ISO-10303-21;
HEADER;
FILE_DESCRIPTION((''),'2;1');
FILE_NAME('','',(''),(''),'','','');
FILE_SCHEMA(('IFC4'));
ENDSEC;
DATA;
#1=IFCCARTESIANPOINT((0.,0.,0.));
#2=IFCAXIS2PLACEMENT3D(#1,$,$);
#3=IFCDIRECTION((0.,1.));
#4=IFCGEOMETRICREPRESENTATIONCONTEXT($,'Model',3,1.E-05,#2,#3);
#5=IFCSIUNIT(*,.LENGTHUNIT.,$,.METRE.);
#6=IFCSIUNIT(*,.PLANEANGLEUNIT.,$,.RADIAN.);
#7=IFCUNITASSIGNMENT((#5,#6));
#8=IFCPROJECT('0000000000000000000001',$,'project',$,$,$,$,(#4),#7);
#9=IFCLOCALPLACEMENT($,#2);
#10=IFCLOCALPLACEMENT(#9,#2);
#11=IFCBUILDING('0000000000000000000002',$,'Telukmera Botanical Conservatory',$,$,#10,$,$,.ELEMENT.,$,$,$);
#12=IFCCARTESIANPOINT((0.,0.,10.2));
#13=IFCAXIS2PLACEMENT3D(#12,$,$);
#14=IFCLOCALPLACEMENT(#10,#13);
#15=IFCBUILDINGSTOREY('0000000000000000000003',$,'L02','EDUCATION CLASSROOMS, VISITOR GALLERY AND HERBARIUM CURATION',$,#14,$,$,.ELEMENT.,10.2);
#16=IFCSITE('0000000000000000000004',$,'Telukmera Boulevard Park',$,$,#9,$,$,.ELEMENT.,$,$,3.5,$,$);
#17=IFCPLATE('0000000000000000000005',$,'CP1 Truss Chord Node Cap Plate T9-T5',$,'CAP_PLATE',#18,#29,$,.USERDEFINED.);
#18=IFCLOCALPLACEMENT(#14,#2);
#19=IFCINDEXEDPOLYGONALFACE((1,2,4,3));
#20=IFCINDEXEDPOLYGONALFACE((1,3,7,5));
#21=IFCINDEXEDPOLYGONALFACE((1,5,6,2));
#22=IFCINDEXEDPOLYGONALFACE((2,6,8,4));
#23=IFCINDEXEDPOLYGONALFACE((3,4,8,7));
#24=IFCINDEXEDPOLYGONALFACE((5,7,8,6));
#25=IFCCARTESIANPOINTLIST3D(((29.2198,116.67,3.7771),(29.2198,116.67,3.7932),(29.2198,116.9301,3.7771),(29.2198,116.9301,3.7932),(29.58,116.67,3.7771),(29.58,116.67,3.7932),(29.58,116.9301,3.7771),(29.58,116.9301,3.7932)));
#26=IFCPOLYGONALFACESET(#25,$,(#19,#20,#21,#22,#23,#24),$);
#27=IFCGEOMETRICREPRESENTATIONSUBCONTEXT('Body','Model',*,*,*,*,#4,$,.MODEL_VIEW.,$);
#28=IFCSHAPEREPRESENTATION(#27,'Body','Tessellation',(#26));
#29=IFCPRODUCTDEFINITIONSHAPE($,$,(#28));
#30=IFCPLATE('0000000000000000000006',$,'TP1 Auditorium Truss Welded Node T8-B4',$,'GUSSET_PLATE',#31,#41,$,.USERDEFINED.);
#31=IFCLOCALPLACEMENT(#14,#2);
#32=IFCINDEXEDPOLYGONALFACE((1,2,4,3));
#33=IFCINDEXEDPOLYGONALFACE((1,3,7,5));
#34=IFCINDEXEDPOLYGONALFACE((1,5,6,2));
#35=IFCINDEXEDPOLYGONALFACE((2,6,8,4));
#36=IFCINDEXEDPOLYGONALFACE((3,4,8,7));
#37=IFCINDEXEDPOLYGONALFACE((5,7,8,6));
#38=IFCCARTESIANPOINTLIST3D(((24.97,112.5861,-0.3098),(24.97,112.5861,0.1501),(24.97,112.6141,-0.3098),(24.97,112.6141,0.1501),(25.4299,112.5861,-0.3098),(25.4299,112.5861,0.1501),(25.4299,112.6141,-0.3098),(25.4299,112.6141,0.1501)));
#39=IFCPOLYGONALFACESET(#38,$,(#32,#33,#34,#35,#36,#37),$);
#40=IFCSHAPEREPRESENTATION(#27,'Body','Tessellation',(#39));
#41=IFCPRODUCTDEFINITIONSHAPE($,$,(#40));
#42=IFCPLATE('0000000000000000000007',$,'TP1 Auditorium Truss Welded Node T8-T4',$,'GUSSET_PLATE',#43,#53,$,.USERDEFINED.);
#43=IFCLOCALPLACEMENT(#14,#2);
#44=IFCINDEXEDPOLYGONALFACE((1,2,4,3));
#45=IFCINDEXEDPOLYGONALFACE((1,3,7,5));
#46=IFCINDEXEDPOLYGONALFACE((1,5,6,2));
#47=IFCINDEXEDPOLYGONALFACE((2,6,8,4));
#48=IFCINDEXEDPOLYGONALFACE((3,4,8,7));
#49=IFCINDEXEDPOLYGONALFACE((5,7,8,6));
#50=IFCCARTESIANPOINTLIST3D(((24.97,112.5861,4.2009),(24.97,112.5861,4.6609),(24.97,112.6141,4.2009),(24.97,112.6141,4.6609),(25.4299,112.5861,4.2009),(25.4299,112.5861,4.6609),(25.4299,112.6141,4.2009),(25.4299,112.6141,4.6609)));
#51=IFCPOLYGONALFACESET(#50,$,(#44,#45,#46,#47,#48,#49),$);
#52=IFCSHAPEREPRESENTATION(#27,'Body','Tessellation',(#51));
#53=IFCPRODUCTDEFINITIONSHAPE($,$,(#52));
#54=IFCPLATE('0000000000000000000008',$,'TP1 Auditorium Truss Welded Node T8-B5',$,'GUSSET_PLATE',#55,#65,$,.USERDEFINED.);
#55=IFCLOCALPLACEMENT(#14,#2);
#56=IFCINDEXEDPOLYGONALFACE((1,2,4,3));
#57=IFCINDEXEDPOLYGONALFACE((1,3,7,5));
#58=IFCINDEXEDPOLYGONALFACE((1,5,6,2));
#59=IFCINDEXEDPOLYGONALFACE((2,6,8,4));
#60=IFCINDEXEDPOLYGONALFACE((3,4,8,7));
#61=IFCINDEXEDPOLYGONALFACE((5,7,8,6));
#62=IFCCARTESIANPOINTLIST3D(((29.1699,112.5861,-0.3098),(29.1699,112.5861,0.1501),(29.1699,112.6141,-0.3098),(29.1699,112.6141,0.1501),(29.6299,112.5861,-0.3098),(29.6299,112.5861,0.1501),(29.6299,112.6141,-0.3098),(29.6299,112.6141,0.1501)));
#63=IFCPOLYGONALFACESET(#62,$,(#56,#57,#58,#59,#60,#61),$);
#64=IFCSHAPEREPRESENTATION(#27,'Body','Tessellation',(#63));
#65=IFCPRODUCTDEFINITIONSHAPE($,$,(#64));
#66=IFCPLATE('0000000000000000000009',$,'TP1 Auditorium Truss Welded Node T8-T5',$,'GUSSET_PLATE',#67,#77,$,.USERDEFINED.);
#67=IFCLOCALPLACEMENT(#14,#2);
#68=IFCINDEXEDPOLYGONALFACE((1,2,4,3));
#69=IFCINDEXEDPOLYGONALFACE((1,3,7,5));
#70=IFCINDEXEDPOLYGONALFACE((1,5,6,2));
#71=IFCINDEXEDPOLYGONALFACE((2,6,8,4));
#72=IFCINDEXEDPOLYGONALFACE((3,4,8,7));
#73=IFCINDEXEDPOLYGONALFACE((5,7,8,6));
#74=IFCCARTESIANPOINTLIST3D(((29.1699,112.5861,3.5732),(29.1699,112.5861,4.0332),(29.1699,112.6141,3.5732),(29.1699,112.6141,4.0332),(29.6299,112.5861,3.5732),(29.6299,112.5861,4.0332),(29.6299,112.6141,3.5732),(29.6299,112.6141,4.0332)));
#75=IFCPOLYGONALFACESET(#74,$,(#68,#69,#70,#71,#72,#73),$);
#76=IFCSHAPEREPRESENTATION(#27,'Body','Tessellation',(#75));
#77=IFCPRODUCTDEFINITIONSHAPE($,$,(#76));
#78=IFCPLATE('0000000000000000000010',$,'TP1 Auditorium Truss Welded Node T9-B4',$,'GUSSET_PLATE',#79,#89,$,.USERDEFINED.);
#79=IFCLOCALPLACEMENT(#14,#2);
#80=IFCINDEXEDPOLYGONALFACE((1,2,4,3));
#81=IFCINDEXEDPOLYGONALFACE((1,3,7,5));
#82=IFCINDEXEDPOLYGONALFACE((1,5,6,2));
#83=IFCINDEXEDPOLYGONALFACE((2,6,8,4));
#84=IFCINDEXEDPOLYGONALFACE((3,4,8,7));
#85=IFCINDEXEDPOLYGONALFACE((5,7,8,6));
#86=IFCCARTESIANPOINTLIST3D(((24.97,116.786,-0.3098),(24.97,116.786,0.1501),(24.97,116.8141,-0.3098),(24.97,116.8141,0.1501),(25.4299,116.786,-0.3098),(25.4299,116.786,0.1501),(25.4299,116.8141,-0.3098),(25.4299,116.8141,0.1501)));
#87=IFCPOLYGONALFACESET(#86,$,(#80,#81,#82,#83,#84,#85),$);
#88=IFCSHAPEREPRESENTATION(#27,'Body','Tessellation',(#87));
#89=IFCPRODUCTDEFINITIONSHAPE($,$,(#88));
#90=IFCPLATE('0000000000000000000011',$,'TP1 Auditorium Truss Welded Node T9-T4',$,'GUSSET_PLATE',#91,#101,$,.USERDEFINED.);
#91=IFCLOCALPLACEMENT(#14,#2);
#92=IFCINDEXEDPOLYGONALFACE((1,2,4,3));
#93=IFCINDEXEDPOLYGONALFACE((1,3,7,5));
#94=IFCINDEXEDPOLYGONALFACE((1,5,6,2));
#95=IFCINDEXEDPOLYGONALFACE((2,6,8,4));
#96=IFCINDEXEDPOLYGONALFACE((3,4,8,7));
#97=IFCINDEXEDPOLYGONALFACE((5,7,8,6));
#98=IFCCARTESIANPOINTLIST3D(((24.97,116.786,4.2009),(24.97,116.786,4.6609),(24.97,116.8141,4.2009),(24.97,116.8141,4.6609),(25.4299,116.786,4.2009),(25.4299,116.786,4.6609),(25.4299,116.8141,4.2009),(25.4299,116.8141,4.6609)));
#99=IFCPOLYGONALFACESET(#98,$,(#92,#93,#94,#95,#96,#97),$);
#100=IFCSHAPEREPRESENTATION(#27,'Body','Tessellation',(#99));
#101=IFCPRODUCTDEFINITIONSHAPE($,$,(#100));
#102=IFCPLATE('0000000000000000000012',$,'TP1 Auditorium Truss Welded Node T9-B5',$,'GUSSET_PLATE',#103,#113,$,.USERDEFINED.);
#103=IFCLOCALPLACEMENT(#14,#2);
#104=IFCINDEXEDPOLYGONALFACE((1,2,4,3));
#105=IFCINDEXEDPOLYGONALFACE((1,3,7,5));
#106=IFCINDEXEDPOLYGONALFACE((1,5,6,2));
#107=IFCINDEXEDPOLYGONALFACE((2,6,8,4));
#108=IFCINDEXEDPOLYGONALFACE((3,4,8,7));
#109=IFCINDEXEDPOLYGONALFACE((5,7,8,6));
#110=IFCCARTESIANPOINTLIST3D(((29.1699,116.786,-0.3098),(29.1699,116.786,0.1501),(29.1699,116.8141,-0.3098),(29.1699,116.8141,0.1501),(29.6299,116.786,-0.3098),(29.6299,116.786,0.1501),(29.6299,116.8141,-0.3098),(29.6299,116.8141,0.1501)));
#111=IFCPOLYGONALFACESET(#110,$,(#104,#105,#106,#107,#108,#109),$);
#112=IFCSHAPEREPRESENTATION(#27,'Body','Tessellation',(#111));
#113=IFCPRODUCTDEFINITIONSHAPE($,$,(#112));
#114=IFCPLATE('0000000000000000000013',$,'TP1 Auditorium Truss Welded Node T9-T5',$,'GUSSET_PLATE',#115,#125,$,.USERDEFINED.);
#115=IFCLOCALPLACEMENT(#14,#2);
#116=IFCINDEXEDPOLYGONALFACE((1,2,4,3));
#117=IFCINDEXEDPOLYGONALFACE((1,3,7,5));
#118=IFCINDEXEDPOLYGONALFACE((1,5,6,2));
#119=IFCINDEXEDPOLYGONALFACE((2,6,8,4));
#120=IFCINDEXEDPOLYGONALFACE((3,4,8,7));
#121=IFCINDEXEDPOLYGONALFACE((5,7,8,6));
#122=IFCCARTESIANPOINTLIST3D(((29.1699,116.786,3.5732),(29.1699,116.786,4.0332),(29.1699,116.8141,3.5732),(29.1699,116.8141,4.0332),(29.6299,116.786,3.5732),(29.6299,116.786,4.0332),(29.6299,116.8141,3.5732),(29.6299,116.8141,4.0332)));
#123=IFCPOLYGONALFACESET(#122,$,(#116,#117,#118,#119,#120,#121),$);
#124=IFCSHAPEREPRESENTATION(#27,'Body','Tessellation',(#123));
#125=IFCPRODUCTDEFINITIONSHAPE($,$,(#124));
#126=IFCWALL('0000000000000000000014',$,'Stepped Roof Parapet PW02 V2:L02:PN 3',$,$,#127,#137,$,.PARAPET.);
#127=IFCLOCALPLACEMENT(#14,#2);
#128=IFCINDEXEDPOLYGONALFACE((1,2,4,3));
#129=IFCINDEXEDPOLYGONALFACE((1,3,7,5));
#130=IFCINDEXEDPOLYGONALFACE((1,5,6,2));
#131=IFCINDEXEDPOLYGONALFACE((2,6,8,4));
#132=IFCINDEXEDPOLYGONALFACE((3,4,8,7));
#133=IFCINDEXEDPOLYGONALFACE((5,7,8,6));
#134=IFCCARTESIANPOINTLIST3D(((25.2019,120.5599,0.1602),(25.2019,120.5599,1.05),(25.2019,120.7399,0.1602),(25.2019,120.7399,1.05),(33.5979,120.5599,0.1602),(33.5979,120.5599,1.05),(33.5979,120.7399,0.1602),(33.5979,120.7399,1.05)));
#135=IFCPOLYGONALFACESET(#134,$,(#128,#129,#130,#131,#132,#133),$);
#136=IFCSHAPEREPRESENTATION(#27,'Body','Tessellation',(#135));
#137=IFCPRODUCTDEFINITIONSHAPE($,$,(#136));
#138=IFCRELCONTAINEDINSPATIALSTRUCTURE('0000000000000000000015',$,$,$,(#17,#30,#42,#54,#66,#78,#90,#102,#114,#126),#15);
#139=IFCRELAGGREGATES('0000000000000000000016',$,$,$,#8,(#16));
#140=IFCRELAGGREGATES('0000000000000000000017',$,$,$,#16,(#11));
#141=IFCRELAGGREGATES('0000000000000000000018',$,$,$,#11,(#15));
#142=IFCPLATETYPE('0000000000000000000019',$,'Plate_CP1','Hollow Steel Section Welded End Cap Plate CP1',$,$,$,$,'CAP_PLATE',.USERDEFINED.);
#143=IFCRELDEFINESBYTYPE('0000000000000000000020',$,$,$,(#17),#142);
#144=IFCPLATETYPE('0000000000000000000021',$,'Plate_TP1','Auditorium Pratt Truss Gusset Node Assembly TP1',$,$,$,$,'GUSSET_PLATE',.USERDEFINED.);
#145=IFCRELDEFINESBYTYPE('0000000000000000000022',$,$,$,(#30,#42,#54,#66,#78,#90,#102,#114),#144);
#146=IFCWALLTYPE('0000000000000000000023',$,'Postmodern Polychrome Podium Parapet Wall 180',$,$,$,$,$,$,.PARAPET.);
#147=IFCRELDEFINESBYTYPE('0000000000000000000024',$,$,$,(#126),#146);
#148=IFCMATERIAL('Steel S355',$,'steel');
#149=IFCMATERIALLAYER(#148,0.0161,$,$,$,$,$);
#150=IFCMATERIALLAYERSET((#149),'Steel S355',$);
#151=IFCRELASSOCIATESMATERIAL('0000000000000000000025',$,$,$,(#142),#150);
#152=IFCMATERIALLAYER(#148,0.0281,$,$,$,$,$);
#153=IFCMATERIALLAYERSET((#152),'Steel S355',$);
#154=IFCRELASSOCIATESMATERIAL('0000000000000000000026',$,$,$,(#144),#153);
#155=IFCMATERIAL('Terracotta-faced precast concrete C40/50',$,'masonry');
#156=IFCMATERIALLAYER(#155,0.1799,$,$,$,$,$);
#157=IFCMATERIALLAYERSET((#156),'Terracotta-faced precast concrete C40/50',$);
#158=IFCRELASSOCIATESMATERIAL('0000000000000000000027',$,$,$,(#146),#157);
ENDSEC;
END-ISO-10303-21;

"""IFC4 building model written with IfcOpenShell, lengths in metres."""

from ifc_helpers import new_model, si_unit, direction, frame, frame_2d, origin, origin_2d, place, context, subcontext, project, spatial, rectangle, extrude, material, layer, layer_set, type_object, element, save


model = new_model("IFC4")

# Units and contexts
model_context = context("Model", 3, precision=1e-05, world=origin(), true_north=direction((0.0, 1.0)))
body_context = subcontext(model_context, "Body", "Model", "MODEL_VIEW")
ifc_project = project(units=[si_unit("LENGTHUNIT", "METRE"), si_unit("PLANEANGLEUNIT", "RADIAN")], contexts=[model_context])

# Site, building, storey
site_placement = place(None, origin())
site = spatial("IfcSite", under=ifc_project, at=site_placement, Name="Telukmera Boulevard Park", CompositionType="ELEMENT", RefElevation=3.5)
building_placement = place(site_placement, origin())
building = spatial("IfcBuilding", under=site, at=building_placement, Name="Telukmera Botanical Conservatory", CompositionType="ELEMENT")
storey_placement = place(building_placement, frame((0.0, 0.0, 10.2)))
storey = spatial("IfcBuildingStorey", under=building, at=storey_placement, Name="L02", Description="EDUCATION CLASSROOMS, VISITOR GALLERY AND HERBARIUM CURATION", CompositionType="ELEMENT", Elevation=10.2)

# Shared definitions
ifc_material_1 = material(Name="Steel S355", Category="steel")

# Plates
ifc_layer_1 = layer(ifc_material_1, 0.0161)
ifc_layer_set_1 = layer_set([ifc_layer_1], Name="Steel S355")
plate_type_1 = type_object("IfcPlateType", Name="Plate_CP1", Description="Hollow Steel Section Welded End Cap Plate CP1", ElementType="CAP_PLATE", PredefinedType="USERDEFINED", material=ifc_layer_set_1)
for number, where, z_axis, x_axis, name in (
    (1, (29.3999, 116.8, 3.7771), (0.0, 0.0, 1.0), (1.0, 0.0, 0.0), "CP1 Truss Chord Node Cap Plate T9-T5"),
):
    element("IfcPlate", number, at=place(storey_placement, frame(where, z_axis=z_axis, x_axis=x_axis)), inside=storey, type_object=plate_type_1, Name=name, ObjectType="CAP_PLATE", PredefinedType="USERDEFINED", context=body_context, shape_type="SweptSolid", body=[
        extrude(rectangle(XDim=0.3601, YDim=0.26, at=origin_2d()), origin(), (0.0, 0.0, 1.0), 0.0161),
    ])
ifc_layer_2 = layer(ifc_material_1, 0.0281)
ifc_layer_set_2 = layer_set([ifc_layer_2], Name="Steel S355")
plate_type_2 = type_object("IfcPlateType", Name="Plate_TP1", Description="Auditorium Pratt Truss Gusset Node Assembly TP1", ElementType="GUSSET_PLATE", PredefinedType="USERDEFINED", material=ifc_layer_set_2)
for number, where, z_axis, x_axis, name in (
    (2, (25.2, 112.6001, -0.3098), (0.0, 0.0, 1.0), (1.0, 0.0, 0.0), "TP1 Auditorium Truss Welded Node T8-B4"),
    (3, (25.2, 112.6001, 4.2009), (0.0, 0.0, 1.0), (1.0, 0.0, 0.0), "TP1 Auditorium Truss Welded Node T8-T4"),
    (4, (29.3999, 112.6001, -0.3098), (0.0, 0.0, 1.0), (1.0, 0.0, 0.0), "TP1 Auditorium Truss Welded Node T8-B5"),
    (5, (29.3999, 112.6001, 3.5732), (0.0, 0.0, 1.0), (1.0, 0.0, 0.0), "TP1 Auditorium Truss Welded Node T8-T5"),
    (6, (25.2, 116.8, -0.3098), (0.0, 0.0, 1.0), (1.0, 0.0, 0.0), "TP1 Auditorium Truss Welded Node T9-B4"),
    (7, (25.2, 116.8, 4.2009), (0.0, 0.0, 1.0), (1.0, 0.0, 0.0), "TP1 Auditorium Truss Welded Node T9-T4"),
    (8, (29.3999, 116.8, -0.3098), (0.0, 0.0, 1.0), (1.0, 0.0, 0.0), "TP1 Auditorium Truss Welded Node T9-B5"),
    (9, (29.3999, 116.8, 3.5732), (0.0, 0.0, 1.0), (1.0, 0.0, 0.0), "TP1 Auditorium Truss Welded Node T9-T5"),
):
    element("IfcPlate", number, at=place(storey_placement, frame(where, z_axis=z_axis, x_axis=x_axis)), inside=storey, type_object=plate_type_2, Name=name, ObjectType="GUSSET_PLATE", PredefinedType="USERDEFINED", context=body_context, shape_type="SweptSolid", body=[
        extrude(rectangle(XDim=0.46, YDim=0.0281, at=origin_2d()), origin(), (0.0, 0.0, 1.0), 0.46),
    ])

# Wall
ifc_material_2 = material(Name="Terracotta-faced precast concrete C40/50", Category="masonry")
ifc_layer_3 = layer(ifc_material_2, 0.1799)
ifc_layer_set_3 = layer_set([ifc_layer_3], Name="Terracotta-faced precast concrete C40/50")
wall_type = type_object("IfcWallType", Name="Postmodern Polychrome Podium Parapet Wall 180", PredefinedType="PARAPET", material=ifc_layer_set_3)
wall_placement = place(storey_placement, frame((25.2019, 120.6499, 0.1602), z_axis=(0.0, 0.0, 1.0), x_axis=(1.0, 0.0, 0.0)))
element("IfcWall", 10, at=wall_placement, inside=storey, type_object=wall_type, Name="Stepped Roof Parapet PW02 V2:L02:PN 3", PredefinedType="PARAPET", context=body_context, shape_type="SweptSolid", body=[
    extrude(rectangle(XDim=8.396, YDim=0.1799, at=frame_2d((4.198, 0.0))), origin(), (0.0, 0.0, 1.0), 0.8899),
])

save(model, "model.ifc")
